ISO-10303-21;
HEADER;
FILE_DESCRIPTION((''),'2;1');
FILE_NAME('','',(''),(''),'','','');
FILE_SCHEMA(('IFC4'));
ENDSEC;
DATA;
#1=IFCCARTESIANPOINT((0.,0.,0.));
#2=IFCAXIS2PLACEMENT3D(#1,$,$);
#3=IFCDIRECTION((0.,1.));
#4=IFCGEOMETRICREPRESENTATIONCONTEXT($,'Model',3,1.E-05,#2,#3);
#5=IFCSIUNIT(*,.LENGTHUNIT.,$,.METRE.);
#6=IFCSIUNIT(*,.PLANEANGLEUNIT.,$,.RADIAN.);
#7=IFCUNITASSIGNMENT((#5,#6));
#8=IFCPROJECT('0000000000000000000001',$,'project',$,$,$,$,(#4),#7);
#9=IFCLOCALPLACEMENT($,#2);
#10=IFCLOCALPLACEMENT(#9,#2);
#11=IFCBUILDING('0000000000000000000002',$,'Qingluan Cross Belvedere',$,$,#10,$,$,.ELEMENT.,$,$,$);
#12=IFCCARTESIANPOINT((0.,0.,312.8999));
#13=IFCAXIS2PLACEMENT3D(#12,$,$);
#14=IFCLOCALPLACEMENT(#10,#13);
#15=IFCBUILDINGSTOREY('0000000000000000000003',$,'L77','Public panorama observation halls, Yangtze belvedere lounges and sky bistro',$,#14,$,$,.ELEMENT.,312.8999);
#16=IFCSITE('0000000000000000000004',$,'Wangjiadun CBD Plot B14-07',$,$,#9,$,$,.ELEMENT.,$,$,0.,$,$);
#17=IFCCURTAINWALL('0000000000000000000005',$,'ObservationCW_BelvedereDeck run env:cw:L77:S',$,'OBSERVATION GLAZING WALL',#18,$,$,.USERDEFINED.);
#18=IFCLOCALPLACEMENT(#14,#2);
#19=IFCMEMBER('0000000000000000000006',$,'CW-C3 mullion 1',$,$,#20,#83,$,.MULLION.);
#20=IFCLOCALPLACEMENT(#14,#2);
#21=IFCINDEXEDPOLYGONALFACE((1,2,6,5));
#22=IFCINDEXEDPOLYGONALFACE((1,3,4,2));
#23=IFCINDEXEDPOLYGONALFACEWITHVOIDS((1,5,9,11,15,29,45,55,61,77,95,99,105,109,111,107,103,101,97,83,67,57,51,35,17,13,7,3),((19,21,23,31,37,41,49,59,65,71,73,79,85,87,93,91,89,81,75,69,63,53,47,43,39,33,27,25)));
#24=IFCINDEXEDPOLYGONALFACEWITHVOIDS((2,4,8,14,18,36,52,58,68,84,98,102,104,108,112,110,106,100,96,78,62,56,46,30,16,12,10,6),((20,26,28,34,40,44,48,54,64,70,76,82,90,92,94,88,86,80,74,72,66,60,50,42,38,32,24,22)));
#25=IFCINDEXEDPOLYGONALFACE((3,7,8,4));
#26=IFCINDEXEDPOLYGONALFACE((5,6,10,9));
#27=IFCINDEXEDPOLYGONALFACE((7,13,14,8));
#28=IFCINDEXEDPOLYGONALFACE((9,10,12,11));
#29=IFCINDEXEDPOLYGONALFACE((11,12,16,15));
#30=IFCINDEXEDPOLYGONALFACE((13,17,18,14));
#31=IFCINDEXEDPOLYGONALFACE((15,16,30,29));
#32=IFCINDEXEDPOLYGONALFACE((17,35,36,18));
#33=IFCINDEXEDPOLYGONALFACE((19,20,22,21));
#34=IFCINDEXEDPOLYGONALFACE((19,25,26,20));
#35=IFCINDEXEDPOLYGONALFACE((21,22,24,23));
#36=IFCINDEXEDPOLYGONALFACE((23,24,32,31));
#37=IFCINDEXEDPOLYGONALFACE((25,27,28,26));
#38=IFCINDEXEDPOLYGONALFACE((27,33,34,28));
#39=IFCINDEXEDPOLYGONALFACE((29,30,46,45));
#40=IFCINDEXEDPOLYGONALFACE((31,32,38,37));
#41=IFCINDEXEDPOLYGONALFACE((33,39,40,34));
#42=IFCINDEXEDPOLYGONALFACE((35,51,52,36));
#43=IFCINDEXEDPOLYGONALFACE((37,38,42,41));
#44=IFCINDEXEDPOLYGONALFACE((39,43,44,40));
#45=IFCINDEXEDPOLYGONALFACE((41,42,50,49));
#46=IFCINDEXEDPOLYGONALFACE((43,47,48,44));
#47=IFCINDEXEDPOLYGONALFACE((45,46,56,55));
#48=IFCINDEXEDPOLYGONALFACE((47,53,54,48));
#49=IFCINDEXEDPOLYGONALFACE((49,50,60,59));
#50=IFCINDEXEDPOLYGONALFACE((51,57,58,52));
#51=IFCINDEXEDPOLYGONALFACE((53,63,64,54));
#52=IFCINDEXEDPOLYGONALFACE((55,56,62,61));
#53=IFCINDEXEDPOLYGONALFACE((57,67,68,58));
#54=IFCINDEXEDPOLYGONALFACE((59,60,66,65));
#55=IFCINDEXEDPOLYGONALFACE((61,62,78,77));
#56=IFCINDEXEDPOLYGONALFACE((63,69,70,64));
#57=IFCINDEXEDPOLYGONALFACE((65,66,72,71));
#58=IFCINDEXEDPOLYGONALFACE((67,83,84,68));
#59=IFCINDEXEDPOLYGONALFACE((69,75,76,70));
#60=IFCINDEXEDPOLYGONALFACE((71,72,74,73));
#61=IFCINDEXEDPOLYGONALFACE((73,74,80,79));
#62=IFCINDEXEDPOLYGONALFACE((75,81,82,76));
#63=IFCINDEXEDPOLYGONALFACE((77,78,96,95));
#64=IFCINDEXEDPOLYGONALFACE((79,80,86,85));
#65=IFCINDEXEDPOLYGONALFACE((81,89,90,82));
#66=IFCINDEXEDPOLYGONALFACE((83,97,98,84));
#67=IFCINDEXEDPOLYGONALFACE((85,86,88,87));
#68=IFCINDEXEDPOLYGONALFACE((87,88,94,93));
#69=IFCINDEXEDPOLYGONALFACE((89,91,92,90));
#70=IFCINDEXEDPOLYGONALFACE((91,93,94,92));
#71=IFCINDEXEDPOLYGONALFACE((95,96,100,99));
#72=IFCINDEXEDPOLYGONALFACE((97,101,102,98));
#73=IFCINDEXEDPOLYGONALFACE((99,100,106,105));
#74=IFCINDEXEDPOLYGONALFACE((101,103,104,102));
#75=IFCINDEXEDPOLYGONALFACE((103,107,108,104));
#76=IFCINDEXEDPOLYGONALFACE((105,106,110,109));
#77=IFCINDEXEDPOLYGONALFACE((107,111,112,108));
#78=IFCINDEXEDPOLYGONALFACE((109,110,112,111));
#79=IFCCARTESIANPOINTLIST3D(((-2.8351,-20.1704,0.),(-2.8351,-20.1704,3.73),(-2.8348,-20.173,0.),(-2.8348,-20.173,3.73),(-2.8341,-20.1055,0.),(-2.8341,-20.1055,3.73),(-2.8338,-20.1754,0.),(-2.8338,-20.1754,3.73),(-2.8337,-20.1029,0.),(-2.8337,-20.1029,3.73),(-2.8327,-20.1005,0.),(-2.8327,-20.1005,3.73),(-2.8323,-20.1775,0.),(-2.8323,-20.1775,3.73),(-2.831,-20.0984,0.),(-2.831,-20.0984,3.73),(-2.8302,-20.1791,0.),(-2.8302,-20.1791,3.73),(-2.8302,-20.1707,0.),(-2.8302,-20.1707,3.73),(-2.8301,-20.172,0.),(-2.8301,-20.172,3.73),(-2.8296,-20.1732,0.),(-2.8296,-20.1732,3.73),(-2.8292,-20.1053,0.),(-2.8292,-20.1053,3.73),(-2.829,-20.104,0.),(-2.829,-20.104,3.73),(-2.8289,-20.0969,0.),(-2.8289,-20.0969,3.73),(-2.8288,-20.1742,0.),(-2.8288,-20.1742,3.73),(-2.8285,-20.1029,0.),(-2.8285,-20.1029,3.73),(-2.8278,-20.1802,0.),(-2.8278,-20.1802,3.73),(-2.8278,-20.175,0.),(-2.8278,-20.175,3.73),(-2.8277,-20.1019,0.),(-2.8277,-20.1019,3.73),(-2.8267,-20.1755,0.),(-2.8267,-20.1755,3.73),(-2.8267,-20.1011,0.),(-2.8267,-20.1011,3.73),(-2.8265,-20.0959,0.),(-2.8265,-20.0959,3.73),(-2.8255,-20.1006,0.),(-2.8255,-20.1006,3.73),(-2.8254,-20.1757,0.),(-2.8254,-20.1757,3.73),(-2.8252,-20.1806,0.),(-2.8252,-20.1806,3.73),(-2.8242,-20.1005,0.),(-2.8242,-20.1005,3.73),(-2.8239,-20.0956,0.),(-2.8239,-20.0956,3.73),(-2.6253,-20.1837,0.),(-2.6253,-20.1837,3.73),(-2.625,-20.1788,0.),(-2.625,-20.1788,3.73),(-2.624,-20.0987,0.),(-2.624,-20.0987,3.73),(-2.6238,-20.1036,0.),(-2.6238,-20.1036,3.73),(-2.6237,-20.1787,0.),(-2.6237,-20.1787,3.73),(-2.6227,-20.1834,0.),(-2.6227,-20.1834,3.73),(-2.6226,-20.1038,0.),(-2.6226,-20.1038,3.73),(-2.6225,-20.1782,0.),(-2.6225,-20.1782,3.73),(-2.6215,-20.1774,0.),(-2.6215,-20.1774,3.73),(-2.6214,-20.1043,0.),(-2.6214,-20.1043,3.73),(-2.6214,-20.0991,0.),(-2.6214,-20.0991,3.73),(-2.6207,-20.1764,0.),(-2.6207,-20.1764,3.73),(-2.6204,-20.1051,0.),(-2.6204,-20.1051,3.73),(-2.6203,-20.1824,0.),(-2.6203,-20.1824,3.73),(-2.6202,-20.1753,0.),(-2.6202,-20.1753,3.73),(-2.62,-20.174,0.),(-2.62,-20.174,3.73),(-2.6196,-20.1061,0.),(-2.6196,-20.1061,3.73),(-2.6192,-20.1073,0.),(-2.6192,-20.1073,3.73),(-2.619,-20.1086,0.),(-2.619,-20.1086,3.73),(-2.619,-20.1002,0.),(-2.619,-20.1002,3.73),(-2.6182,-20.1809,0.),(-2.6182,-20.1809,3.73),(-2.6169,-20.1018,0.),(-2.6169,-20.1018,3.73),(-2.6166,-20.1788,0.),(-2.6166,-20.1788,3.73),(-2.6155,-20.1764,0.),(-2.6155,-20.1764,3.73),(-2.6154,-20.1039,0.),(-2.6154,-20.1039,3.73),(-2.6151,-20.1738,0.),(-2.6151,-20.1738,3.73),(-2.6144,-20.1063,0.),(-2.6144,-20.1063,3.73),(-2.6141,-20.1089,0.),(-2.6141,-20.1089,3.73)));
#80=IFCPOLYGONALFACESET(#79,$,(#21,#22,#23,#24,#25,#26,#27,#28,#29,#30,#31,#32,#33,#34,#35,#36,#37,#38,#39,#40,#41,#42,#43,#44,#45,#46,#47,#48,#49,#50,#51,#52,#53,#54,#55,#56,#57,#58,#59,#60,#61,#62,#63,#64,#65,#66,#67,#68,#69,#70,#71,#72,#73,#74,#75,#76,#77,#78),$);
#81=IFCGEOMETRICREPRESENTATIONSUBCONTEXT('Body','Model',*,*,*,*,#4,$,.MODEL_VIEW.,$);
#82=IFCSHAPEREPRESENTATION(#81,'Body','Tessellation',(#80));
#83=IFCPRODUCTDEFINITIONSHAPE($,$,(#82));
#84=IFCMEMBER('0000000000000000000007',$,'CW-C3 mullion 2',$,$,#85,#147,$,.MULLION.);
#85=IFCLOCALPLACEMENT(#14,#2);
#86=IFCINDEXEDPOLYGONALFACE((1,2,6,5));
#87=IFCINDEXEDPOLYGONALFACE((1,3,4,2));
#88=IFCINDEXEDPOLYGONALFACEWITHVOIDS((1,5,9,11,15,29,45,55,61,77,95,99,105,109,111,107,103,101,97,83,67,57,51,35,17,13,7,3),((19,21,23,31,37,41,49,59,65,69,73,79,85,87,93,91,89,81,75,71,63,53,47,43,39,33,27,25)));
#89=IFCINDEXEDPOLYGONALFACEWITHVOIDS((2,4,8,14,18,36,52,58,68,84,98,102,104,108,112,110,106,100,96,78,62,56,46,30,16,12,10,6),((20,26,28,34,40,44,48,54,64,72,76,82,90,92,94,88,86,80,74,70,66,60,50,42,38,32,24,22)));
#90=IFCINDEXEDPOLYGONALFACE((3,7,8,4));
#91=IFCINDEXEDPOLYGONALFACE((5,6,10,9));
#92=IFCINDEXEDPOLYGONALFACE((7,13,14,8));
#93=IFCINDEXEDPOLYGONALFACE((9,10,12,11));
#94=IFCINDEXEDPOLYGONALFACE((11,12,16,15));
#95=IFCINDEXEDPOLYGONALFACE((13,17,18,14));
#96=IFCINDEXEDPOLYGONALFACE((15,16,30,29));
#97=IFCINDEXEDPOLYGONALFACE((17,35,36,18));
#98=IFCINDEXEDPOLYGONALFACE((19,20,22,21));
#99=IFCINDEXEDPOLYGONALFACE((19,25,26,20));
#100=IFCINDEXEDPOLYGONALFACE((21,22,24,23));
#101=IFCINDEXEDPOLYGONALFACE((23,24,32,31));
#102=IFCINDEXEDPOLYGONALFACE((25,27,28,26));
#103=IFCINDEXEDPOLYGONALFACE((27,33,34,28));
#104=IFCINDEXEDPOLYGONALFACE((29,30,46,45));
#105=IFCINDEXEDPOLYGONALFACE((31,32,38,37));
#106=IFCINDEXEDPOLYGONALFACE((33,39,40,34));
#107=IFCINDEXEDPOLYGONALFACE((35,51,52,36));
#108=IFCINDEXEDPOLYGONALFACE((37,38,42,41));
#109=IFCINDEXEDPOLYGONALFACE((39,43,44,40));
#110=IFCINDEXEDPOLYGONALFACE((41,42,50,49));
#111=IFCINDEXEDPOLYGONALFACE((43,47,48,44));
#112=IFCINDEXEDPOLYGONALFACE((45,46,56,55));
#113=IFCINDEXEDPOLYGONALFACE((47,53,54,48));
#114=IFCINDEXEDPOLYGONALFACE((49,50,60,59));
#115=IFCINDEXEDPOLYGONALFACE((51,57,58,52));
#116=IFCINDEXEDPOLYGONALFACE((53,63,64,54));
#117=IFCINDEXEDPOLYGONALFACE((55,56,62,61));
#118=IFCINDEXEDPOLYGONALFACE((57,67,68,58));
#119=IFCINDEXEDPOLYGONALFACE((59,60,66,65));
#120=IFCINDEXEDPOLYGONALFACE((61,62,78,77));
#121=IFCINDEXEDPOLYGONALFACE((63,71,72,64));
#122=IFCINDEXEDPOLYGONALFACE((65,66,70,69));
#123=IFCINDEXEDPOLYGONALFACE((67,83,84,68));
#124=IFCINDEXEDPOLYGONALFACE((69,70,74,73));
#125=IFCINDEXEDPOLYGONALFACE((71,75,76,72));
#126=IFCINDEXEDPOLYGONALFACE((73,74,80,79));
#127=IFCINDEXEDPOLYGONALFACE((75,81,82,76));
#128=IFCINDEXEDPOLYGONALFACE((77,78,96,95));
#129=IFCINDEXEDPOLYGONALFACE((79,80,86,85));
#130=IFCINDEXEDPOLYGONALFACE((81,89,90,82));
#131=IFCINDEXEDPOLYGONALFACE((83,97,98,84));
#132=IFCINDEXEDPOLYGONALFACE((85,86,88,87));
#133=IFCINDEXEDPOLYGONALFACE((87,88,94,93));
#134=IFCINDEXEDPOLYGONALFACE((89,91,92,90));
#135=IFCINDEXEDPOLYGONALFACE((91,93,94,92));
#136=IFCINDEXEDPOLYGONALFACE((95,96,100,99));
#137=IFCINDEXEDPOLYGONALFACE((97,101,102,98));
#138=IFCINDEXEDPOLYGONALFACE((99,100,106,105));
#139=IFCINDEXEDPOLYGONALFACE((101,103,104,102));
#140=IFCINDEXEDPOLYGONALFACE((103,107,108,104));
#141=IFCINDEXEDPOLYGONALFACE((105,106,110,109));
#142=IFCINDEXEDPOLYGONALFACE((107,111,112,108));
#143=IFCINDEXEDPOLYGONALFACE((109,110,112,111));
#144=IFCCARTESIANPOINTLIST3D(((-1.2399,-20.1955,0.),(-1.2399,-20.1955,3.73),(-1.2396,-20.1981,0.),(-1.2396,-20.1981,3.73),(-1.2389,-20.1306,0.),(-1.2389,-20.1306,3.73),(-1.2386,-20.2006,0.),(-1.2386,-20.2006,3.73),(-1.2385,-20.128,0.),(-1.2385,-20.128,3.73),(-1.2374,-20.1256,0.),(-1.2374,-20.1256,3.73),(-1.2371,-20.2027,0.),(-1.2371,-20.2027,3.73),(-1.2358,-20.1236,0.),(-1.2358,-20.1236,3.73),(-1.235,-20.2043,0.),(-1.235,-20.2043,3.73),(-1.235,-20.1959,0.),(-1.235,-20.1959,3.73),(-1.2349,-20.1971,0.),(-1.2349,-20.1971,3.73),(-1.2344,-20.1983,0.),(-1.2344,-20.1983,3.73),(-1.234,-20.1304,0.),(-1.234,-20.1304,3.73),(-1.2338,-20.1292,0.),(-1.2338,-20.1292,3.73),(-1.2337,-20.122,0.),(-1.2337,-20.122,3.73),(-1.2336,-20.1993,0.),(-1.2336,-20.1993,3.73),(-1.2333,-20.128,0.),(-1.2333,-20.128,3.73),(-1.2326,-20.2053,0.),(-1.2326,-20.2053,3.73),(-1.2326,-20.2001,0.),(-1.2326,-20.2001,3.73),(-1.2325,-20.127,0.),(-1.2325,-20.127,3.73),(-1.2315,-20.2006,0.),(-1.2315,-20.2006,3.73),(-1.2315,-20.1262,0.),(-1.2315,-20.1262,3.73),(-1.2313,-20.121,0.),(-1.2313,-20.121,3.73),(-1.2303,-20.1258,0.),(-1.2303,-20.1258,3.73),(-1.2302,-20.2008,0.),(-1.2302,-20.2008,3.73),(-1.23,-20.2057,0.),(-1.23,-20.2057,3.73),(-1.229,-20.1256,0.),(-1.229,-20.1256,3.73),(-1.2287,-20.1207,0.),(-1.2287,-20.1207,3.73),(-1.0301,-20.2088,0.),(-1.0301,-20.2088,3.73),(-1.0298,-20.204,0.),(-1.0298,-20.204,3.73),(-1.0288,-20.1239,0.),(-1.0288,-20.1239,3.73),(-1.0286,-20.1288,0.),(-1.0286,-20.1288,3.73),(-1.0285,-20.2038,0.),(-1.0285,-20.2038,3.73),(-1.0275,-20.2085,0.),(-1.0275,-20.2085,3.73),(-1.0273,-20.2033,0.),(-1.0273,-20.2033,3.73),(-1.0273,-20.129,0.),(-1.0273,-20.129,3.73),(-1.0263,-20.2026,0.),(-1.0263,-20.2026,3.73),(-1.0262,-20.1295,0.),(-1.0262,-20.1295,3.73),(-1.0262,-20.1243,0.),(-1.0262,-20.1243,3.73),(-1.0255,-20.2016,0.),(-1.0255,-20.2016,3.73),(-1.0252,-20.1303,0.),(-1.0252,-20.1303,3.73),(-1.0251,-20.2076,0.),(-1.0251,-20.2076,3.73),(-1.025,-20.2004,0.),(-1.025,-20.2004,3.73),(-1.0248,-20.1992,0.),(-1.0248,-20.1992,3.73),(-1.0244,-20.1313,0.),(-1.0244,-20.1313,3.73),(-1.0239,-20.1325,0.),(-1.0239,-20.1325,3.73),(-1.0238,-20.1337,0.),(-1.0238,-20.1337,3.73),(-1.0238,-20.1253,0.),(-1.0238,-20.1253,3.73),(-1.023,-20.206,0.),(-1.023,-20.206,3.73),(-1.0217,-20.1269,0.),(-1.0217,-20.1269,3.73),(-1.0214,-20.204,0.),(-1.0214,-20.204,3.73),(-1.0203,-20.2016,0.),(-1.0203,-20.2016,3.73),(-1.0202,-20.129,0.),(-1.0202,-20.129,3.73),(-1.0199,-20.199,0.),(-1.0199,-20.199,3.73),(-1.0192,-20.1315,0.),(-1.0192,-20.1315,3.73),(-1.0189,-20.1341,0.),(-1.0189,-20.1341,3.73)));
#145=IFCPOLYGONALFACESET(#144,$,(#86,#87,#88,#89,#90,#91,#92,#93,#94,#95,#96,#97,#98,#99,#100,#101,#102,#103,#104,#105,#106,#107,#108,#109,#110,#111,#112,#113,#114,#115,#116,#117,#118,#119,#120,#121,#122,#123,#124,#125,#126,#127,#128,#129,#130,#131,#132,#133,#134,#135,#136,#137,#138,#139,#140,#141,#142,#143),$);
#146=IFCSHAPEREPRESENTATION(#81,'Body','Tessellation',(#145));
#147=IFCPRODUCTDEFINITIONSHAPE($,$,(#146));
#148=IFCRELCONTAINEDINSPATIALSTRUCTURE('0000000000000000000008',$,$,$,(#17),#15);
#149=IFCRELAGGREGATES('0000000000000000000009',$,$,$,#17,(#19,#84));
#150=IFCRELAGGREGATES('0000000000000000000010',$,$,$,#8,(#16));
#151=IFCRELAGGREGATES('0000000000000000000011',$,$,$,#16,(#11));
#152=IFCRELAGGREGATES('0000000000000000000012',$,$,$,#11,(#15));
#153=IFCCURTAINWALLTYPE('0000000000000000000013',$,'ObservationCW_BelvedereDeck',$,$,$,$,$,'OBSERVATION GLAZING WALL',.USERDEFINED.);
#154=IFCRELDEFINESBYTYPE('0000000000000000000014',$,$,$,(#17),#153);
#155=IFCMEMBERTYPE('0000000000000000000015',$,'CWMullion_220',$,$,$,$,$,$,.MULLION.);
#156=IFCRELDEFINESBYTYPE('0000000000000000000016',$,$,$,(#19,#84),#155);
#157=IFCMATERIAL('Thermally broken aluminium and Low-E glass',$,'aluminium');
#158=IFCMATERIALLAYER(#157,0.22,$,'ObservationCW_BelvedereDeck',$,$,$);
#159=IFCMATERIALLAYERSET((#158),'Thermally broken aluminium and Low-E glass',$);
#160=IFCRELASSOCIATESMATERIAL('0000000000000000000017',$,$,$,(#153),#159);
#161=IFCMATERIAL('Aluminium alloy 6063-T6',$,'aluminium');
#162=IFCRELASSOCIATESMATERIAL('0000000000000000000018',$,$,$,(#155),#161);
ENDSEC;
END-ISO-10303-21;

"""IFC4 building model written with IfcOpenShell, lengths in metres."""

from ifc_helpers import new_model, si_unit, direction, frame, origin, origin_2d, place, context, subcontext, project, spatial, hollow_rectangle, extrude, material, layer, layer_set, material_profile, profile_set, type_object, element, aggregate, save


model = new_model("IFC4")

# Units and contexts
model_context = context("Model", 3, precision=1e-05, world=origin(), true_north=direction((0.0, 1.0)))
body_context = subcontext(model_context, "Body", "Model", "MODEL_VIEW")
ifc_project = project(units=[si_unit("LENGTHUNIT", "METRE"), si_unit("PLANEANGLEUNIT", "RADIAN")], contexts=[model_context])

# Site, building, storey
site_placement = place(None, origin())
site = spatial("IfcSite", under=ifc_project, at=site_placement, Name="Wangjiadun CBD Plot B14-07", CompositionType="ELEMENT", RefElevation=0.0)
building_placement = place(site_placement, origin())
building = spatial("IfcBuilding", under=site, at=building_placement, Name="Qingluan Cross Belvedere", CompositionType="ELEMENT")
storey_placement = place(building_placement, frame((0.0, 0.0, 312.8999)))
storey = spatial("IfcBuildingStorey", under=building, at=storey_placement, Name="L77", Description="Public panorama observation halls, Yangtze belvedere lounges and sky bistro", CompositionType="ELEMENT", Elevation=312.8999)

# Curtain wall, members
ifc_material_1 = material(Name="Thermally broken aluminium and Low-E glass", Category="aluminium")
ifc_layer_1 = layer(ifc_material_1, 0.22, Name="ObservationCW_BelvedereDeck")
ifc_layer_set_1 = layer_set([ifc_layer_1], Name="Thermally broken aluminium and Low-E glass")
curtain_wall_type = type_object("IfcCurtainWallType", Name="ObservationCW_BelvedereDeck", ElementType="OBSERVATION GLAZING WALL", PredefinedType="USERDEFINED", material=ifc_layer_set_1)
curtain_wall_placement = place(storey_placement, origin())
curtain_wall = element("IfcCurtainWall", 1, at=curtain_wall_placement, inside=storey, type_object=curtain_wall_type, Name="ObservationCW_BelvedereDeck run env:cw:L77:S", ObjectType="OBSERVATION GLAZING WALL", PredefinedType="USERDEFINED")
ifc_material_2 = material(Name="Aluminium alloy 6063-T6", Category="aluminium")
ifc_material_profile_1 = material_profile(ifc_material_2, hollow_rectangle(XDim=0.085, YDim=0.22, WallThickness=0.0049, InnerFilletRadius=0.0049, OuterFilletRadius=0.01, at=origin_2d()), Name="CWM220x85x5")
ifc_profile_set_1 = profile_set([ifc_material_profile_1], Name="Aluminium alloy 6063-T6")
member_type_1 = type_object("IfcMemberType", Name="CWMullion_220", PredefinedType="MULLION", material=ifc_profile_set_1)
member_1_placement = place(storey_placement, frame((-2.7246, -20.1396, 0.0), z_axis=(0.0, 0.0, 1.0), x_axis=(0.01571, 0.999877, 0.0)))
member_1 = element("IfcMember", 2, at=member_1_placement, type_object=member_type_1, Name="CW-C3 mullion 1", PredefinedType="MULLION", context=body_context, shape_type="SweptSolid", body=[
    extrude(hollow_rectangle(XDim=0.085, YDim=0.22, WallThickness=0.0049, InnerFilletRadius=0.0049, OuterFilletRadius=0.01, at=origin_2d()), origin(), (0.0, 0.0, 1.0), 3.73),
])
member_2_placement = place(storey_placement, frame((-1.1294, -20.1648, 0.0), z_axis=(0.0, 0.0, 1.0), x_axis=(0.01571, 0.999877, 0.0)))
member_2 = element("IfcMember", 3, at=member_2_placement, type_object=member_type_1, Name="CW-C3 mullion 2", PredefinedType="MULLION", context=body_context, shape_type="SweptSolid", body=[
    extrude(hollow_rectangle(XDim=0.085, YDim=0.22, WallThickness=0.0049, InnerFilletRadius=0.0049, OuterFilletRadius=0.01, at=origin_2d()), origin(), (0.0, 0.0, 1.0), 3.73),
])
aggregate(curtain_wall, [member_1, member_2])

save(model, "model.ifc")
